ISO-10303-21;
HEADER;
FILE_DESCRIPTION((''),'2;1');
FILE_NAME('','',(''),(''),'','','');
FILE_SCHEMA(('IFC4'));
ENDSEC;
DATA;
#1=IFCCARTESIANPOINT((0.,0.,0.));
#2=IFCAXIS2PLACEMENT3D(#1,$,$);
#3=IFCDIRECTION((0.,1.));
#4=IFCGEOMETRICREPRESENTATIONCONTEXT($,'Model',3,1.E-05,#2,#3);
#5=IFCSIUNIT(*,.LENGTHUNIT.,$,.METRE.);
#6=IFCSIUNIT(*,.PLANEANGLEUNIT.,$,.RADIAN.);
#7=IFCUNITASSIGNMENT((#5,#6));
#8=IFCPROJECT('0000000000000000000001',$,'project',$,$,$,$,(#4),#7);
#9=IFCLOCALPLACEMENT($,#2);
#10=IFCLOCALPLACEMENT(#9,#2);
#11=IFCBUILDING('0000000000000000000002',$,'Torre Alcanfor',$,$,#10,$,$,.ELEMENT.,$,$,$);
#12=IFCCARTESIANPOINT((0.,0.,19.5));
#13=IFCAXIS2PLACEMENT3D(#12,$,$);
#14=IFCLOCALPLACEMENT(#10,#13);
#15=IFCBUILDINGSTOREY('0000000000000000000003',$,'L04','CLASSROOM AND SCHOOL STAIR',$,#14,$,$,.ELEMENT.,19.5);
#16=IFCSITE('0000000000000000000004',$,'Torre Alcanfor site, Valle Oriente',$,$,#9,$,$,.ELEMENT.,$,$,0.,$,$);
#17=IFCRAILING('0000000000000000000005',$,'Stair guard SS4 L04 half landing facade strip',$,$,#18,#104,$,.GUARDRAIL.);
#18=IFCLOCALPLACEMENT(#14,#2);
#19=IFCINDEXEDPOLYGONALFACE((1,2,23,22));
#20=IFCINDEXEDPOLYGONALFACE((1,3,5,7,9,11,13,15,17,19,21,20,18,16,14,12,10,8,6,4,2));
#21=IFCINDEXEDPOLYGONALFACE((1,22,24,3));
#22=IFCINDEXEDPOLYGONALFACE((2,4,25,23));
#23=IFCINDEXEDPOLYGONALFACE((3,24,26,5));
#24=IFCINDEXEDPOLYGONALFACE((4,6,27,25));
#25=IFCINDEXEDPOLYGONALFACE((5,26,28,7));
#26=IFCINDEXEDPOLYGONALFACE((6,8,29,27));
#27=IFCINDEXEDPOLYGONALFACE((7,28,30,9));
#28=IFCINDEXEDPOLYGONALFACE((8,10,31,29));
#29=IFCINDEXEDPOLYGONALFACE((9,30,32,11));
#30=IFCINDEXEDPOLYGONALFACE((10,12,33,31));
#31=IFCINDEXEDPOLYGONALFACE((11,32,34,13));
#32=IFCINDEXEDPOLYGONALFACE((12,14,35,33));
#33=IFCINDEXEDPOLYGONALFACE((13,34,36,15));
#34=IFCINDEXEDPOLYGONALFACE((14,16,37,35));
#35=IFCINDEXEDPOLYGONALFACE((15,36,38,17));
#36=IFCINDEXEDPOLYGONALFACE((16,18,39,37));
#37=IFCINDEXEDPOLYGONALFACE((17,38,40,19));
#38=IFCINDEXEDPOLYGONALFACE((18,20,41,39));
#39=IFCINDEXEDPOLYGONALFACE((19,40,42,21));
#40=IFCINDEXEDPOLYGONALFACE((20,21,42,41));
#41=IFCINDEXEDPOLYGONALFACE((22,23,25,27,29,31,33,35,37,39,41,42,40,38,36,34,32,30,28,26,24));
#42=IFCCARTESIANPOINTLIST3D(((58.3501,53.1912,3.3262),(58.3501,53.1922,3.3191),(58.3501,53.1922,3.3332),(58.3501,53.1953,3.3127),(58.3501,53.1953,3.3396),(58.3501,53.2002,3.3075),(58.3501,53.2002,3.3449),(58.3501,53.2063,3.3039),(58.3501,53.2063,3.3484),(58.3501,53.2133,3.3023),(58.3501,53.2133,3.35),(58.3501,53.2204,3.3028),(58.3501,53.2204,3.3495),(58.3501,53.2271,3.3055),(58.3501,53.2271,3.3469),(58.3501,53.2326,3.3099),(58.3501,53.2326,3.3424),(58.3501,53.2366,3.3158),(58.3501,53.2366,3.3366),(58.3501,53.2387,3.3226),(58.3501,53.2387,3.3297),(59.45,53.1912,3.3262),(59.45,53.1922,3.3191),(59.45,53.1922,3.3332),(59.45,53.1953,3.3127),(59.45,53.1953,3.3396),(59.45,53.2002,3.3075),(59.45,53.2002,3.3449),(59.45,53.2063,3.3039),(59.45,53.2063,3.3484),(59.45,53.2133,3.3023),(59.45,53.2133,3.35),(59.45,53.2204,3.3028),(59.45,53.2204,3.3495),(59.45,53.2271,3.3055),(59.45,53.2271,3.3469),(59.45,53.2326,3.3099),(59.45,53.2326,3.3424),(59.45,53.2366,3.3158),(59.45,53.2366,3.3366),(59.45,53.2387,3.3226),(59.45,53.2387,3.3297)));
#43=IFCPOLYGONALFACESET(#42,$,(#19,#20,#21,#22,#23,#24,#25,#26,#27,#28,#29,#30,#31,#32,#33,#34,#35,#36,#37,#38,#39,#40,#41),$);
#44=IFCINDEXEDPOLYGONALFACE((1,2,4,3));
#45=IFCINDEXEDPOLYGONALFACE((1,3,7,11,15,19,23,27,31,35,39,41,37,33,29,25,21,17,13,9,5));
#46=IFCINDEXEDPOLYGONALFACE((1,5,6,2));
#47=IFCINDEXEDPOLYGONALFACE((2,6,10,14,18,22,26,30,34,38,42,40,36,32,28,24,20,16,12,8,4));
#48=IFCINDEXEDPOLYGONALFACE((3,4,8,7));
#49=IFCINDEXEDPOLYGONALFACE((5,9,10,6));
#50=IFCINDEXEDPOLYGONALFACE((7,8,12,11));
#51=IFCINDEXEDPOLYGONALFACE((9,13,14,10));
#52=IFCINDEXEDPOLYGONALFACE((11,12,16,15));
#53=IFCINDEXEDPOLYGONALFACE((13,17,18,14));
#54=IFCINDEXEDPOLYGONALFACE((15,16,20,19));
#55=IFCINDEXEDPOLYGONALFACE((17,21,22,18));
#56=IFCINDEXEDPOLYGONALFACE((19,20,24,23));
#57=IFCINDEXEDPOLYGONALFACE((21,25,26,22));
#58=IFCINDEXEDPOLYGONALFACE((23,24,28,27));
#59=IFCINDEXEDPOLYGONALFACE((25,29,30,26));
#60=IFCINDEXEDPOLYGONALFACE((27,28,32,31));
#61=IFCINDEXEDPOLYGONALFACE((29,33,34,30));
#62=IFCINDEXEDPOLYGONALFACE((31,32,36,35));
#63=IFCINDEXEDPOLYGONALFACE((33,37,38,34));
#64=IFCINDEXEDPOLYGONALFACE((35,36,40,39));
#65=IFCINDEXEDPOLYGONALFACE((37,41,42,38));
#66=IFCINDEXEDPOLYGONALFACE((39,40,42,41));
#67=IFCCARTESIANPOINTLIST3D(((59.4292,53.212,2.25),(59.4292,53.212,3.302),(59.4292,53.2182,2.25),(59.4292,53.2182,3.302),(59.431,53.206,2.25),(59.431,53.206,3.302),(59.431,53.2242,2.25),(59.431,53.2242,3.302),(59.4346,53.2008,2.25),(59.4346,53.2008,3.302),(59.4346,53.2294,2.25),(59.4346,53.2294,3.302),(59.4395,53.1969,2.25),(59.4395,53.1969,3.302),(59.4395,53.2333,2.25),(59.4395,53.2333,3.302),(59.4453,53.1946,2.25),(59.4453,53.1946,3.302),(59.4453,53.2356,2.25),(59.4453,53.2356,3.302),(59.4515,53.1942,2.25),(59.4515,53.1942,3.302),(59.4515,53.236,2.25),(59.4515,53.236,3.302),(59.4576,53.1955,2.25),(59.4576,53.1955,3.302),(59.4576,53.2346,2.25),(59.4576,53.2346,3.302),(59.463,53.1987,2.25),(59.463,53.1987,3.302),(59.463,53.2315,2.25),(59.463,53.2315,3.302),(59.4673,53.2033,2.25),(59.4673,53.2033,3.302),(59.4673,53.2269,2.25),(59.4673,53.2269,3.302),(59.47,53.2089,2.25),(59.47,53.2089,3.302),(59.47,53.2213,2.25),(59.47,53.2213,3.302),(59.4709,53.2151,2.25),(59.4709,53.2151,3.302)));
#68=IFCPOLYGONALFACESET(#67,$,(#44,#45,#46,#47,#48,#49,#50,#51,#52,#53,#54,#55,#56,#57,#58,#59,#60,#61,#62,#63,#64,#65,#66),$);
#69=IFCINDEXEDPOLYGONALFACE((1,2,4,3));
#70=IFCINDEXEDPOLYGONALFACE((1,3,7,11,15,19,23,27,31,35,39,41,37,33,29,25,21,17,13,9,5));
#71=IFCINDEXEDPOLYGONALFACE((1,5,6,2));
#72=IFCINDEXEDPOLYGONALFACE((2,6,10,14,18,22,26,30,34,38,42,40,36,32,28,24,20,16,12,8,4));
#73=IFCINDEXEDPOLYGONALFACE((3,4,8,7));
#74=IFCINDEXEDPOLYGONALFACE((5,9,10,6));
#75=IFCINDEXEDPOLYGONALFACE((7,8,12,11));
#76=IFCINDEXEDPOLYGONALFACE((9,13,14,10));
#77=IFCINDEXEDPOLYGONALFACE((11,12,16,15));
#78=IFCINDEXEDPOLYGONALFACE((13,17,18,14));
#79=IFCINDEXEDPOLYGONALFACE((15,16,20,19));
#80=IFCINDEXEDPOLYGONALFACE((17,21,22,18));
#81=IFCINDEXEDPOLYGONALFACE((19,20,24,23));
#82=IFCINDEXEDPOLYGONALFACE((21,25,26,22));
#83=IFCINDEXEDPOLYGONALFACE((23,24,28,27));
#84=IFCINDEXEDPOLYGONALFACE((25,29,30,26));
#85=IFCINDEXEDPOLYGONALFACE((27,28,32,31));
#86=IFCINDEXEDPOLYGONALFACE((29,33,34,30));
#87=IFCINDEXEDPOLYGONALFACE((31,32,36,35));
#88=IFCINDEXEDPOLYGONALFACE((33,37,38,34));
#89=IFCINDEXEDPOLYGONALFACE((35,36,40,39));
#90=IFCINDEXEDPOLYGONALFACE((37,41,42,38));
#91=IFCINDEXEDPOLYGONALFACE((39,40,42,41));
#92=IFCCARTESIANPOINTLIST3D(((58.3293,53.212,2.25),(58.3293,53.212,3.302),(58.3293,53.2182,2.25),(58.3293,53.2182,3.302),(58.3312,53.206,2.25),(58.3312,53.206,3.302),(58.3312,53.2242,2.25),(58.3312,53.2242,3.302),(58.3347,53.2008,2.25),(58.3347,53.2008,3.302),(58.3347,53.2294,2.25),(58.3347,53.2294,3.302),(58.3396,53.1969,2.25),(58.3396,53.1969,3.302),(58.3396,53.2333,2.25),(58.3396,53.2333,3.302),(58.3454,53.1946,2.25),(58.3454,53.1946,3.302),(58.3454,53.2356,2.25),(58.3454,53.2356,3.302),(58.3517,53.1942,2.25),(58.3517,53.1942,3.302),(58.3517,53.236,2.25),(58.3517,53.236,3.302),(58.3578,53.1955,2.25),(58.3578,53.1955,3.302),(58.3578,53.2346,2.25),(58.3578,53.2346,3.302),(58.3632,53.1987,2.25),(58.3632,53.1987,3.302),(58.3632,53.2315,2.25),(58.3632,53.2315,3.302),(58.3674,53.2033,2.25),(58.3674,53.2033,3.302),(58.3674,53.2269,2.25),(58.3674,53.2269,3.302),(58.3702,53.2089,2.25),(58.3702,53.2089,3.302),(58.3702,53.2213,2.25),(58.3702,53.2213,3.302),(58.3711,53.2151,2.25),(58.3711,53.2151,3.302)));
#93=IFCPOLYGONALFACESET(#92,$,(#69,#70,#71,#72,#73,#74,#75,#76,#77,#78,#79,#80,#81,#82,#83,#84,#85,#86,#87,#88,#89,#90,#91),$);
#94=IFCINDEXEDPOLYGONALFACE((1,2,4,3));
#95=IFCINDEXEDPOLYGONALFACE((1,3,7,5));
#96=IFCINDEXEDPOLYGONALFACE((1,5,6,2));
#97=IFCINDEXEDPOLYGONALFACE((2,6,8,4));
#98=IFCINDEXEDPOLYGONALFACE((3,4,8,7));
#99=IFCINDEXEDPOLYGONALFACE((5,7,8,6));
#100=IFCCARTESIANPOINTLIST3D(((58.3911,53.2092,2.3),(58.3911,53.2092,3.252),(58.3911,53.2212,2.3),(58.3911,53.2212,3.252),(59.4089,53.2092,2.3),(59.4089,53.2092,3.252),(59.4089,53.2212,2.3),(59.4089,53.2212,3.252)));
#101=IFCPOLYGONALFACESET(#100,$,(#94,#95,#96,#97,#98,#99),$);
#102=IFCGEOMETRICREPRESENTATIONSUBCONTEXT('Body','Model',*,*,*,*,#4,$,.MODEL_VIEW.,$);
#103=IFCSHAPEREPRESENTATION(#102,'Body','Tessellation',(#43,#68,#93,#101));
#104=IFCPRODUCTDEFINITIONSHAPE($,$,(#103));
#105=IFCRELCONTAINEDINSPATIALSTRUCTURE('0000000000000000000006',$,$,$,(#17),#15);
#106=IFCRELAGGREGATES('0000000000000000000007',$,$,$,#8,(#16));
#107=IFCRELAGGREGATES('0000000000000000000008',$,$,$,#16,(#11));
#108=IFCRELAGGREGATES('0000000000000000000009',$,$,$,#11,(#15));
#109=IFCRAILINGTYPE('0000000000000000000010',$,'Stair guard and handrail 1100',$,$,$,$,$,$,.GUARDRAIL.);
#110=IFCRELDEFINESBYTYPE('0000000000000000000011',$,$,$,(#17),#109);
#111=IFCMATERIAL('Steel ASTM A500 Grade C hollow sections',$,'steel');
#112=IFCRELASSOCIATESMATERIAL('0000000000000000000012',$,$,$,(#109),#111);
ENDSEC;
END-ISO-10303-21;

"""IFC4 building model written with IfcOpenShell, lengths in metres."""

from ifc_helpers import new_model, si_unit, direction, frame, origin, origin_2d, place, context, subcontext, project, spatial, polyline, circle, outline, extrude, material, type_object, element, save


model = new_model("IFC4")

# Units and contexts
model_context = context("Model", 3, precision=1e-05, world=origin(), true_north=direction((0.0, 1.0)))
body_context = subcontext(model_context, "Body", "Model", "MODEL_VIEW")
ifc_project = project(units=[si_unit("LENGTHUNIT", "METRE"), si_unit("PLANEANGLEUNIT", "RADIAN")], contexts=[model_context])

# Site, building, storey
site_placement = place(None, origin())
site = spatial("IfcSite", under=ifc_project, at=site_placement, Name="Torre Alcanfor site, Valle Oriente", CompositionType="ELEMENT", RefElevation=0.0)
building_placement = place(site_placement, origin())
building = spatial("IfcBuilding", under=site, at=building_placement, Name="Torre Alcanfor", CompositionType="ELEMENT")
storey_placement = place(building_placement, frame((0.0, 0.0, 19.5)))
storey = spatial("IfcBuildingStorey", under=building, at=storey_placement, Name="L04", Description="CLASSROOM AND SCHOOL STAIR", CompositionType="ELEMENT", Elevation=19.5)

# Railing
ifc_material_1 = material(Name="Steel ASTM A500 Grade C hollow sections", Category="steel")
railing_type_1 = type_object("IfcRailingType", Name="Stair guard and handrail 1100", PredefinedType="GUARDRAIL", material=ifc_material_1)
railing_1_placement = place(storey_placement, frame((59.45, 53.2151, 2.25)))
element("IfcRailing", 1, at=railing_1_placement, inside=storey, type_object=railing_type_1, Name="Stair guard SS4 L04 half landing facade strip", PredefinedType="GUARDRAIL", context=body_context, shape_type="SweptSolid", body=[
    extrude(circle(Radius=0.0239, at=origin_2d()), frame((0.0, 0.0, 1.0762), z_axis=(-1.0, 0.0, 0.0), x_axis=(0.0, -1.0, 0.0)), (0.0, 0.0, 1.0), 1.0999),
    extrude(circle(Radius=0.021, at=origin_2d()), origin(), (0.0, 0.0, 1.0), 1.052),
    extrude(circle(Radius=0.021, at=origin_2d()), frame((-1.0999, 0.0, 0.0)), (0.0, 0.0, 1.0), 1.052),
    extrude(outline(polyline([(0.041, 0.05), (1.0588, 0.05), (1.0588, 1.002), (0.041, 1.002), (0.041, 0.05)])), frame((0.0, -0.0059, 0.0), z_axis=(0.0, 1.0, 0.0), x_axis=(-1.0, 0.0, 0.0)), (0.0, 0.0, 1.0), 0.012),
])

save(model, "model.ifc")
